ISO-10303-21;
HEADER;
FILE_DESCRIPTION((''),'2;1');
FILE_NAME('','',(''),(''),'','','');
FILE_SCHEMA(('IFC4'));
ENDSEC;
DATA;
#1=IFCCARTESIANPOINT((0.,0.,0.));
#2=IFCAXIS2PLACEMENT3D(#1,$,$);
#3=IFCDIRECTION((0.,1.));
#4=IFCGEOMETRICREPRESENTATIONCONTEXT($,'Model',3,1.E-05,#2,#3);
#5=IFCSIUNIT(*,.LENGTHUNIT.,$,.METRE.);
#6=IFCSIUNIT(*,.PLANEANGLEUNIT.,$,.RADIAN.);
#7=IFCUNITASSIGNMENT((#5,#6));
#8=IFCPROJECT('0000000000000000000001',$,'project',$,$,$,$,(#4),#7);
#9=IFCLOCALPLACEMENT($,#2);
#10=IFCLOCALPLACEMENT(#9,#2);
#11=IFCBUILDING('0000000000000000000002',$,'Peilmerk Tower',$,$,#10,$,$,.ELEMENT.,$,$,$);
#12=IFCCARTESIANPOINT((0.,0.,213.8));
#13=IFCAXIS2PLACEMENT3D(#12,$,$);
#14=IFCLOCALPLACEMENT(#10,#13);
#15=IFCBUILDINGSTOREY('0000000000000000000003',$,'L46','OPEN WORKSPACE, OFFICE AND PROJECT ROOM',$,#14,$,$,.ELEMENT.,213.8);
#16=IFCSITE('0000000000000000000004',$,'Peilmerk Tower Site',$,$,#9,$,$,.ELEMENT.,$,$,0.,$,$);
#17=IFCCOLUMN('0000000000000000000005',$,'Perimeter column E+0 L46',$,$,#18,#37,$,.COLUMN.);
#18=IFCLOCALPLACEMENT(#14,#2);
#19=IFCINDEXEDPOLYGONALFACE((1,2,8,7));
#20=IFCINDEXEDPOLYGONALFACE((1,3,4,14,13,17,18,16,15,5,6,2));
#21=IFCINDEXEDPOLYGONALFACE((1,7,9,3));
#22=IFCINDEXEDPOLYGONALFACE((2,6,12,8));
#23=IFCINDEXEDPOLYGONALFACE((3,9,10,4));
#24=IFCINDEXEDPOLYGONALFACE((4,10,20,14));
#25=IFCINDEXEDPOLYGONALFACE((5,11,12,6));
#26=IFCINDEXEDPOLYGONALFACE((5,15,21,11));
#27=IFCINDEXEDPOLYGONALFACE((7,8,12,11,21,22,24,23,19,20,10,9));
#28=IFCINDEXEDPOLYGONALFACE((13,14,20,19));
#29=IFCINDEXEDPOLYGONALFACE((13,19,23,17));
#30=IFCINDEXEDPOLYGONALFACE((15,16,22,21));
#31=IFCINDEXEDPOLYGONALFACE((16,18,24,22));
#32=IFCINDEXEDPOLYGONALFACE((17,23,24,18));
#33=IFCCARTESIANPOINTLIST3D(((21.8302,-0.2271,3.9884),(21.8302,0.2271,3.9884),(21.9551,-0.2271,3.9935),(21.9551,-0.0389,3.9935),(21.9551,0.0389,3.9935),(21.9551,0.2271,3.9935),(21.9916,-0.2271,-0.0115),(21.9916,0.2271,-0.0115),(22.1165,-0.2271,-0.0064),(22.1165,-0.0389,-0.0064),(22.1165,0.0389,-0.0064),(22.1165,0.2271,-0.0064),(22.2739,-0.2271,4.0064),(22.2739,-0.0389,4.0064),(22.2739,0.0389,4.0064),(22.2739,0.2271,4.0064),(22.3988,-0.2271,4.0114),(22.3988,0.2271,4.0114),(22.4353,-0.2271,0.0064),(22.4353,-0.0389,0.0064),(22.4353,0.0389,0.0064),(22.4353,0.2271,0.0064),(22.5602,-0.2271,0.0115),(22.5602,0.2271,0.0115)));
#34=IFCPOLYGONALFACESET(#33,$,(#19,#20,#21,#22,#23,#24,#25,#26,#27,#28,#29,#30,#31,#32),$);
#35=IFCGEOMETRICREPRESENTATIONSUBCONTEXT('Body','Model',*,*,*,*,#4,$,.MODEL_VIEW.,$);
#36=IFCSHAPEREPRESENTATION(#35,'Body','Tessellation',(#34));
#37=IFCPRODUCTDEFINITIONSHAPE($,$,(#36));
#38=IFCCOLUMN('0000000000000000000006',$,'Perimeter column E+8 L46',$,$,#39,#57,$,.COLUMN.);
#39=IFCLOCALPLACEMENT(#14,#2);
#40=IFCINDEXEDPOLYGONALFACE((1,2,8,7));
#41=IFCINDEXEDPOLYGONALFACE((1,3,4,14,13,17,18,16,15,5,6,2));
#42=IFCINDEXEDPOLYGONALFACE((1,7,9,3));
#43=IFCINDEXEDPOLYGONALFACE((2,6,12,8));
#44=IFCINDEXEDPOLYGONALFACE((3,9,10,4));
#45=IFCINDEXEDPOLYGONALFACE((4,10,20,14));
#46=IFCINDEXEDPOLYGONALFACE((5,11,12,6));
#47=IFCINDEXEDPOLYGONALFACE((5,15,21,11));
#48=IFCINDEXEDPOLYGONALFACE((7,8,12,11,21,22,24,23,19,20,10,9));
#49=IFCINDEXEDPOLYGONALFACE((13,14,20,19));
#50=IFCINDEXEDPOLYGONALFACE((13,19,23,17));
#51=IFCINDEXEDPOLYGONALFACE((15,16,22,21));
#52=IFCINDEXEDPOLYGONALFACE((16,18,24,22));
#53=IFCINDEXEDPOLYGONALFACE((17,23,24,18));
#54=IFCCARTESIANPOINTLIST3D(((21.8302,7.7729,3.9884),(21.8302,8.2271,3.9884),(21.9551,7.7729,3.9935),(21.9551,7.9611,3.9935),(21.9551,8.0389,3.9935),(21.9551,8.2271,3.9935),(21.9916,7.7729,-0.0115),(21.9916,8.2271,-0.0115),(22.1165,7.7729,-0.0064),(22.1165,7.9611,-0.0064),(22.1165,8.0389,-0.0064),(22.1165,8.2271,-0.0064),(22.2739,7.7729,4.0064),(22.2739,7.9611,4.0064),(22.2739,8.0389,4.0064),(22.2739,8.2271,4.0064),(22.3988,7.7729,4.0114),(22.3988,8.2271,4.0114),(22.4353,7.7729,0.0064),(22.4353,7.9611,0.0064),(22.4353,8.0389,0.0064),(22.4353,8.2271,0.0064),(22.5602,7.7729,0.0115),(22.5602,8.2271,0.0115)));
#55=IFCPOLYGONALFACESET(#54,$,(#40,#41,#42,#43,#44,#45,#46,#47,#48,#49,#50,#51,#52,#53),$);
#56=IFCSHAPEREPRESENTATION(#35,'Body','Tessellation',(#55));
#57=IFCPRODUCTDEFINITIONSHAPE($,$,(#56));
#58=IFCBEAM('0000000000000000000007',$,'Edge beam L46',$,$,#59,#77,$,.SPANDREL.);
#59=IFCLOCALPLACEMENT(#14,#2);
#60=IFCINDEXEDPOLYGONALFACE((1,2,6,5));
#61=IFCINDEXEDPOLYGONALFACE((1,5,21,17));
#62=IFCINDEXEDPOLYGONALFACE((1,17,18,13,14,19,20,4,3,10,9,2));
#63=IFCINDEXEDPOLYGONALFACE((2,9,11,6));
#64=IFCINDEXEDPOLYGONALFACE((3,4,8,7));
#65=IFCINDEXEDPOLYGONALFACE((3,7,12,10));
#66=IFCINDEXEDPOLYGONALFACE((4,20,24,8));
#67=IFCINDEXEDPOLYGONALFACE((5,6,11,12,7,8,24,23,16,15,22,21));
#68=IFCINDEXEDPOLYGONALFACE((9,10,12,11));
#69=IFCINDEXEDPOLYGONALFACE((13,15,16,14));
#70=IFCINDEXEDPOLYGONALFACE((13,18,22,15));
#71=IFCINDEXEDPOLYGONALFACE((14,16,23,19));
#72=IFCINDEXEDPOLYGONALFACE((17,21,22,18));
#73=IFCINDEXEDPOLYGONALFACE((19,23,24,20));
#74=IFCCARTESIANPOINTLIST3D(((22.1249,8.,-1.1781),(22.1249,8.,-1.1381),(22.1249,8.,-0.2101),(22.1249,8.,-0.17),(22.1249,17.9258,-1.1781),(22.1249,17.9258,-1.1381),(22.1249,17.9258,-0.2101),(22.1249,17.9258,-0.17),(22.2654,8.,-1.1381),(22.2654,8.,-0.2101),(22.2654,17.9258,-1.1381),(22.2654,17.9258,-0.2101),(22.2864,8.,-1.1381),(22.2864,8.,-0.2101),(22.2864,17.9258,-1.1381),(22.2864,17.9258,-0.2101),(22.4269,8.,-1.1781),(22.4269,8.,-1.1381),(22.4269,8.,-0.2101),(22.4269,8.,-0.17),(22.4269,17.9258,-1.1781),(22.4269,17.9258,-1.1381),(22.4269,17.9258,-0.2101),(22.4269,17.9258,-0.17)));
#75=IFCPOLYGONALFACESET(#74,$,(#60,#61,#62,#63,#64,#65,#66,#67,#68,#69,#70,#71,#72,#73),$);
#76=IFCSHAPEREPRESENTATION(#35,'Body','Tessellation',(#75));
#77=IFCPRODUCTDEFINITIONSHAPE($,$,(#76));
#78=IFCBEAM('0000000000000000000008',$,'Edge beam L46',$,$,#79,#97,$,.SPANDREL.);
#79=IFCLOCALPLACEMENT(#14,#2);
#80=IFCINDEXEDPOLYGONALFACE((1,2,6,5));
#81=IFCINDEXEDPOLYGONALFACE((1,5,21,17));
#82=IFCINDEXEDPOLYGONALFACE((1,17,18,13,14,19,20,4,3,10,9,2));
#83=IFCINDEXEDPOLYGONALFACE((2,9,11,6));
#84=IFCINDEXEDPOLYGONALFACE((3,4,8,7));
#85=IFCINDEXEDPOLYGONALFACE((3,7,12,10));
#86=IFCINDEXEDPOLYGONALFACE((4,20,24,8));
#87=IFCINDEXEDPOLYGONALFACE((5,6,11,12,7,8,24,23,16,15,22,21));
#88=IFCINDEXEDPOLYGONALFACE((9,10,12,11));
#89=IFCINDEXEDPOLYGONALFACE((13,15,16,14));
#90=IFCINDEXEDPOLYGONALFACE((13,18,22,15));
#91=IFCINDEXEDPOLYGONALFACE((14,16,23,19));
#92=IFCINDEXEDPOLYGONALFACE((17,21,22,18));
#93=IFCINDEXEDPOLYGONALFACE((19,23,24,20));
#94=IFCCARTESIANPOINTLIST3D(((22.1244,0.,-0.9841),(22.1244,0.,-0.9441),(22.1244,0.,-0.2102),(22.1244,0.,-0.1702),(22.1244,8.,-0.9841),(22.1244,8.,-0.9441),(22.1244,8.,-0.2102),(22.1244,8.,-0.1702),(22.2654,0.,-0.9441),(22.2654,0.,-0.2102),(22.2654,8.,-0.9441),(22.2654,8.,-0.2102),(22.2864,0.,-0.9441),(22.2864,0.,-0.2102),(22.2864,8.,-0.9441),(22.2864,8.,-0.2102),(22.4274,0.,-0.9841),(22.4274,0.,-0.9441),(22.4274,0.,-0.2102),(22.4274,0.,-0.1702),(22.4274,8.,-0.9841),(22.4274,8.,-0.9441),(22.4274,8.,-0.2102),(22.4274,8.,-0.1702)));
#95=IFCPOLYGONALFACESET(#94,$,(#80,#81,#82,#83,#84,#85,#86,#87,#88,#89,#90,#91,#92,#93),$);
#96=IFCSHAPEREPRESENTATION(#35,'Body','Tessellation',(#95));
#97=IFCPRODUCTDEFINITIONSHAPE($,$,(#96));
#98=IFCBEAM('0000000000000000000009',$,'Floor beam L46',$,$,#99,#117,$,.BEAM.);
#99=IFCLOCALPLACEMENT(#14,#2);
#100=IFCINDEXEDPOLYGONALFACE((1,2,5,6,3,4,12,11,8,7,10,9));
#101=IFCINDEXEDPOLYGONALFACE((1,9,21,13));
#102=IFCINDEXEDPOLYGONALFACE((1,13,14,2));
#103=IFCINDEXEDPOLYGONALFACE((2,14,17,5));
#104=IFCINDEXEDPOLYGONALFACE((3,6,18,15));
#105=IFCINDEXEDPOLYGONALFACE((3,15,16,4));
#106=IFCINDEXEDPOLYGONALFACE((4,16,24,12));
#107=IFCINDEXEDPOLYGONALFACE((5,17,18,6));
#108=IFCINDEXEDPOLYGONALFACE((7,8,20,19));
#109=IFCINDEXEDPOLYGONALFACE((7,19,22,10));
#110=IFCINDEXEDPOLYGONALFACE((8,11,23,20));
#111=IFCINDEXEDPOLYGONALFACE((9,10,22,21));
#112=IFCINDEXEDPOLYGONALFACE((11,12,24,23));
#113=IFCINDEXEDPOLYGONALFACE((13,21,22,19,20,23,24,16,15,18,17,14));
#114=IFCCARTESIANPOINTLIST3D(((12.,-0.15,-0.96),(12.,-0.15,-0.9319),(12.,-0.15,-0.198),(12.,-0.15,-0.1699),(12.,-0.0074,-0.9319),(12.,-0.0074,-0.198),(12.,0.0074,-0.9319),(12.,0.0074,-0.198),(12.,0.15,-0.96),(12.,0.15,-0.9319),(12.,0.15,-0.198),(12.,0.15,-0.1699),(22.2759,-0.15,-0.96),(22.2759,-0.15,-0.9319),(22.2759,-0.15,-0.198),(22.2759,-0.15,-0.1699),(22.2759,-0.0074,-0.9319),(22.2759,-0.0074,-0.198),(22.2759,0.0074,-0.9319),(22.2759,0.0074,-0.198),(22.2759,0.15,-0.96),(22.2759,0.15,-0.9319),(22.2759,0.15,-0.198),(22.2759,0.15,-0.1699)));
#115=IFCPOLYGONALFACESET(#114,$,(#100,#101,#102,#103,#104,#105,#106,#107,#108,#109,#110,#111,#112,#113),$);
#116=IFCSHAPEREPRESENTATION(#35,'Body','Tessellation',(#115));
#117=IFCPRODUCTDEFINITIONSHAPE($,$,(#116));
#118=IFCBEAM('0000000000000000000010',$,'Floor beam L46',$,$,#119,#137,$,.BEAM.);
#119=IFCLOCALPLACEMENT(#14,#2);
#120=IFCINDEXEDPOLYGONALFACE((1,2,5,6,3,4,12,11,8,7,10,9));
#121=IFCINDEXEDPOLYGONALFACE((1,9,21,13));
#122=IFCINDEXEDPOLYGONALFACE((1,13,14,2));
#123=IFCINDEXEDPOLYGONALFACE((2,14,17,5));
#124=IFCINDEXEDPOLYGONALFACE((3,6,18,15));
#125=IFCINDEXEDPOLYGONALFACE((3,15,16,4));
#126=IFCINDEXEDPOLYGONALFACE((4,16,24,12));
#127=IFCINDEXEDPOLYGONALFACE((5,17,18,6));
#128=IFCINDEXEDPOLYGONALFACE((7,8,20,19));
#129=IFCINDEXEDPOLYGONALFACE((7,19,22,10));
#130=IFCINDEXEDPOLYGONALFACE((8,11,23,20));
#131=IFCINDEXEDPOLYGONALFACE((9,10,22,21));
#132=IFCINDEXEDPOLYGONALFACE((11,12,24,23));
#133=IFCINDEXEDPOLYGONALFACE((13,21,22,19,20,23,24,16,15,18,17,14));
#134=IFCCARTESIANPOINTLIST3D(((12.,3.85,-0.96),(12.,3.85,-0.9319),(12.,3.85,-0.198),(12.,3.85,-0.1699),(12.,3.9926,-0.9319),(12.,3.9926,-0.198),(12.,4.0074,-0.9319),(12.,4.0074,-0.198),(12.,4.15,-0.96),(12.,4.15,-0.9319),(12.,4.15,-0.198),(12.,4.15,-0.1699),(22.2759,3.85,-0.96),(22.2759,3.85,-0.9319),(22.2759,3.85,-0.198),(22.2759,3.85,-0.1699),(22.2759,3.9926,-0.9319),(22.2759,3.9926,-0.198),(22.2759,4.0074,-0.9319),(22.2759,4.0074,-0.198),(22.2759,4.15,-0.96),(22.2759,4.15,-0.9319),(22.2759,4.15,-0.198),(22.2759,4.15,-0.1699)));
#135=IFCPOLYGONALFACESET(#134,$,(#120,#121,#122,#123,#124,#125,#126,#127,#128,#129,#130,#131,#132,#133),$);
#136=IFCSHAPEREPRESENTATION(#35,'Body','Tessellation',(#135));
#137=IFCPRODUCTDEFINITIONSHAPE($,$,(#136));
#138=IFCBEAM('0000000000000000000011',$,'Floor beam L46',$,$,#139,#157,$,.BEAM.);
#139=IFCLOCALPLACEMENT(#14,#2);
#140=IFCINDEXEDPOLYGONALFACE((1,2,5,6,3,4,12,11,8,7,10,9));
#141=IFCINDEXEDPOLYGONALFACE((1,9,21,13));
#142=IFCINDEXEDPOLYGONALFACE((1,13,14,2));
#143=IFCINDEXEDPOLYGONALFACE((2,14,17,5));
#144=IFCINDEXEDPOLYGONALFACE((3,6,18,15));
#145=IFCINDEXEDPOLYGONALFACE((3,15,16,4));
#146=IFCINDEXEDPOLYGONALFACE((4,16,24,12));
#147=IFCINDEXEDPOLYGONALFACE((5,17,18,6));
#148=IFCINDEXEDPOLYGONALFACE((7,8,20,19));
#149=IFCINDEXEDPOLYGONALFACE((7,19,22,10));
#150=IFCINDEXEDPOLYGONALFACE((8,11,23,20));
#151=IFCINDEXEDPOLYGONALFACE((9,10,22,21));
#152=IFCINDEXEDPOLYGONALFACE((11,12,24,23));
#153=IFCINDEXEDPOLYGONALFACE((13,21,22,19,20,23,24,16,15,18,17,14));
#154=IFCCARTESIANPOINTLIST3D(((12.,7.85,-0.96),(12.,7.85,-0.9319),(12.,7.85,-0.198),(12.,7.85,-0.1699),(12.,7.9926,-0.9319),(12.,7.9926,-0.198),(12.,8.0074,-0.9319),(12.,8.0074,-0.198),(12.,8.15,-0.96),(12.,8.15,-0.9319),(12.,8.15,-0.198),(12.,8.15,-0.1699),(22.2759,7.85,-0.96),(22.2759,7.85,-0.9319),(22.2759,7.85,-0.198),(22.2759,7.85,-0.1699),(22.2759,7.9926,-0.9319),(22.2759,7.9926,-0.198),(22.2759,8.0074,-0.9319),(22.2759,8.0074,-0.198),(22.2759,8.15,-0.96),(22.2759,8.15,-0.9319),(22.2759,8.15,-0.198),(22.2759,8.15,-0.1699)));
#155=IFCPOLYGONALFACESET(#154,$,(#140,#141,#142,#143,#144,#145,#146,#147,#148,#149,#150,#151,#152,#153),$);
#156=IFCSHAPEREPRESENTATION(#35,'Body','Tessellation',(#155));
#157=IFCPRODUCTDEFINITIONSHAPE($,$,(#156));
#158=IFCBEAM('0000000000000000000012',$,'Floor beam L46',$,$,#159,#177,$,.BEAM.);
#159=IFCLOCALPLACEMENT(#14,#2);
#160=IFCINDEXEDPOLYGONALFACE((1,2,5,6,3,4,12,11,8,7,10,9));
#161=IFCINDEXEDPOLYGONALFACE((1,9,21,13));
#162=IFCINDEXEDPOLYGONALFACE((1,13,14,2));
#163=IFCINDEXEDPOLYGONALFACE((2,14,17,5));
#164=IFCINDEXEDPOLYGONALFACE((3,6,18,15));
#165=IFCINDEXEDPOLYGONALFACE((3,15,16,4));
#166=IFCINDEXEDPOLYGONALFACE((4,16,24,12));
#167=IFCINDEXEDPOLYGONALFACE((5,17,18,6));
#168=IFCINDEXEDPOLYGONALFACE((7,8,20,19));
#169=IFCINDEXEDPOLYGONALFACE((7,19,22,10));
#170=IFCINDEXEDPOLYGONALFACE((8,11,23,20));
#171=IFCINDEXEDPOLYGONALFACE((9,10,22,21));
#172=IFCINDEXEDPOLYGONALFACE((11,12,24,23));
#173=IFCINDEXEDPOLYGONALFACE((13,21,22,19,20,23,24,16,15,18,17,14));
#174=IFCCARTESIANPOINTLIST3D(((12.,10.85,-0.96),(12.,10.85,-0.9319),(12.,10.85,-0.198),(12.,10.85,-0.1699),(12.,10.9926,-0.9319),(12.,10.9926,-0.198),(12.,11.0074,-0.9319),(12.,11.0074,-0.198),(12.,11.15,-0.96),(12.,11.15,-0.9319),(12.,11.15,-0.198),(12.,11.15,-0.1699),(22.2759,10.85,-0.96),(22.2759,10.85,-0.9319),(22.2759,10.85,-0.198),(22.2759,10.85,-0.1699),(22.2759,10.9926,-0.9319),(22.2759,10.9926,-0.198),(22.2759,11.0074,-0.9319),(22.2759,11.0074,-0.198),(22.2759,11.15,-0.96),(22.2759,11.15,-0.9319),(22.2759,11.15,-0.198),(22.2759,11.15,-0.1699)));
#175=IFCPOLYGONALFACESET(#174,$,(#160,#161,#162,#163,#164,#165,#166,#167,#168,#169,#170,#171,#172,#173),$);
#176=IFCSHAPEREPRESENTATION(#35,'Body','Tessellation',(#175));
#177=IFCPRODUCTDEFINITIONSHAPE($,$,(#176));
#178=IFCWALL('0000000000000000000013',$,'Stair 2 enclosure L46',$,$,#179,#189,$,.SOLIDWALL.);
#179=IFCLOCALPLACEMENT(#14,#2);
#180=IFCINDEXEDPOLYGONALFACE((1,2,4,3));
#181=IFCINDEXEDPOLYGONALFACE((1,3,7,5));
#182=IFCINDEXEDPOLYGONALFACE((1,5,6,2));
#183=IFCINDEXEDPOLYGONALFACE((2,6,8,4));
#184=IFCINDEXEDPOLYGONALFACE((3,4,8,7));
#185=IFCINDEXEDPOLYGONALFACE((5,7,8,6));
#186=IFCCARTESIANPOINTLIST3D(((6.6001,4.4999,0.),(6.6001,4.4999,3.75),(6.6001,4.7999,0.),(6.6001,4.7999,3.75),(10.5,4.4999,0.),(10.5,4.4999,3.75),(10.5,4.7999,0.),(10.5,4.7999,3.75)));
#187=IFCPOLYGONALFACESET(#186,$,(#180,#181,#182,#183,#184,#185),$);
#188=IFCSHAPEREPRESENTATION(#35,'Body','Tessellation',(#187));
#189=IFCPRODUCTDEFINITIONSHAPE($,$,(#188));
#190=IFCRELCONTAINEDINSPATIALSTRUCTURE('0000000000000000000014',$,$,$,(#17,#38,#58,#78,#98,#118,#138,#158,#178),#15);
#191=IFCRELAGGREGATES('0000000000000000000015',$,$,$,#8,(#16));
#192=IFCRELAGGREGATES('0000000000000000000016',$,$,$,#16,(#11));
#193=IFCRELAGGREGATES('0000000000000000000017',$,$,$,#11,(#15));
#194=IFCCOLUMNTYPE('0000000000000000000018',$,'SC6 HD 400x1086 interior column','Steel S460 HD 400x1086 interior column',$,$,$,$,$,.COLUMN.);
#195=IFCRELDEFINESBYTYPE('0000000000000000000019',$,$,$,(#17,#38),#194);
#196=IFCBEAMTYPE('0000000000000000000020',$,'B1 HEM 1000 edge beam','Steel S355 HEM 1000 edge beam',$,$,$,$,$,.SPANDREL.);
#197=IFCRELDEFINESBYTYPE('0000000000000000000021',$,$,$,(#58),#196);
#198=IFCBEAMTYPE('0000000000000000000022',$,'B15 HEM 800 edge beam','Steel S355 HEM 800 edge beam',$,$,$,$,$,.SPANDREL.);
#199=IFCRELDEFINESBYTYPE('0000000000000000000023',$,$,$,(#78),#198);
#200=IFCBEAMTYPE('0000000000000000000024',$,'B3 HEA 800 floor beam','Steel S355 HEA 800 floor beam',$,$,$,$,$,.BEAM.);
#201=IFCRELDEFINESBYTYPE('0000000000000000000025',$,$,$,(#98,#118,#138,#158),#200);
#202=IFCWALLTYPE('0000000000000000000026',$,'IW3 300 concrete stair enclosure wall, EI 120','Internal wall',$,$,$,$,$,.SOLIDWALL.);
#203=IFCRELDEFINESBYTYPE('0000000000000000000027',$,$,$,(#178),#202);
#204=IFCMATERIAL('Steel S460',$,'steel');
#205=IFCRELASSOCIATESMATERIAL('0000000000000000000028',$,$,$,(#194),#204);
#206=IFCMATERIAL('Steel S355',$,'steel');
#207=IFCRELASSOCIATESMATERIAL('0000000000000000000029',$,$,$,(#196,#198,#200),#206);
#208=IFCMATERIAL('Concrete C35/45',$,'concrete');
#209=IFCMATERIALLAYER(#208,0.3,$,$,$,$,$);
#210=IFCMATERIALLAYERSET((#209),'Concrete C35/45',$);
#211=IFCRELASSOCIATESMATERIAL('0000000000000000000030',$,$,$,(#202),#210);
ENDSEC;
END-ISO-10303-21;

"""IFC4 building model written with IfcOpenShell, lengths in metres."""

from ifc_helpers import new_model, si_unit, direction, frame, frame_2d, origin, origin_2d, place, context, subcontext, project, spatial, rectangle, i_section, extrude, material, layer, layer_set, material_profile, profile_set, type_object, element, save


model = new_model("IFC4")

# Units and contexts
model_context = context("Model", 3, precision=1e-05, world=origin(), true_north=direction((0.0, 1.0)))
body_context = subcontext(model_context, "Body", "Model", "MODEL_VIEW")
ifc_project = project(units=[si_unit("LENGTHUNIT", "METRE"), si_unit("PLANEANGLEUNIT", "RADIAN")], contexts=[model_context])

# Site, building, storey
site_placement = place(None, origin())
site = spatial("IfcSite", under=ifc_project, at=site_placement, Name="Peilmerk Tower Site", CompositionType="ELEMENT", RefElevation=0.0)
building_placement = place(site_placement, origin())
building = spatial("IfcBuilding", under=site, at=building_placement, Name="Peilmerk Tower", CompositionType="ELEMENT")
storey_placement = place(building_placement, frame((0.0, 0.0, 213.8)))
storey = spatial("IfcBuildingStorey", under=building, at=storey_placement, Name="L46", Description="OPEN WORKSPACE, OFFICE AND PROJECT ROOM", CompositionType="ELEMENT", Elevation=213.8)

# Columns
ifc_material_1 = material(Name="Steel S460", Category="steel")
ifc_material_profile_1 = material_profile(ifc_material_1, i_section(OverallWidth=0.4541, OverallDepth=0.5691, WebThickness=0.0779, FlangeThickness=0.125, at=origin_2d()), Name="HD 400x1086")
ifc_profile_set_1 = profile_set([ifc_material_profile_1], Name="Steel S460")
column_type = type_object("IfcColumnType", Name="SC6 HD 400x1086 interior column", Description="Steel S460 HD 400x1086 interior column", PredefinedType="COLUMN", material=ifc_profile_set_1)
for number, where, z_axis, x_axis, name in (
    (1, (22.2759, 0.0, 0.0), (-0.040311, 0.0, 0.999187), (0.0, -1.0, 0.0), "Perimeter column E+0 L46"),
    (2, (22.2759, 8.0, 0.0), (-0.040311, 0.0, 0.999187), (0.0, -1.0, 0.0), "Perimeter column E+8 L46"),
):
    element("IfcColumn", number, at=place(storey_placement, frame(where, z_axis=z_axis, x_axis=x_axis)), inside=storey, type_object=column_type, Name=name, PredefinedType="COLUMN", context=body_context, shape_type="SweptSolid", body=[
        extrude(i_section(OverallWidth=0.4541, OverallDepth=0.5691, WebThickness=0.0779, FlangeThickness=0.125, at=origin_2d()), origin(), (0.0, 0.0, 1.0), 4.0032),
    ])

# Beams
ifc_material_2 = material(Name="Steel S355", Category="steel")
ifc_material_profile_2 = material_profile(ifc_material_2, i_section(OverallWidth=0.302, OverallDepth=1.0081, WebThickness=0.021, FlangeThickness=0.04, at=origin_2d()), Name="HEM 1000")
ifc_profile_set_2 = profile_set([ifc_material_profile_2], Name="Steel S355")
beam_type_1 = type_object("IfcBeamType", Name="B1 HEM 1000 edge beam", Description="Steel S355 HEM 1000 edge beam", PredefinedType="SPANDREL", material=ifc_profile_set_2)
beam_1_placement = place(storey_placement, frame((22.2759, 8.0, -0.6741), z_axis=(0.0, 1.0, 0.0), x_axis=(-1.0, 0.0, 0.0)))
element("IfcBeam", 3, at=beam_1_placement, inside=storey, type_object=beam_type_1, Name="Edge beam L46", PredefinedType="SPANDREL", context=body_context, shape_type="SweptSolid", body=[
    extrude(i_section(OverallWidth=0.302, OverallDepth=1.0081, WebThickness=0.021, FlangeThickness=0.04, at=origin_2d()), origin(), (0.0, 0.0, 1.0), 9.9258),
])
ifc_material_profile_3 = material_profile(ifc_material_2, i_section(OverallWidth=0.303, OverallDepth=0.814, WebThickness=0.021, FlangeThickness=0.04, at=origin_2d()), Name="HEM 800")
ifc_profile_set_3 = profile_set([ifc_material_profile_3], Name="Steel S355")
beam_type_2 = type_object("IfcBeamType", Name="B15 HEM 800 edge beam", Description="Steel S355 HEM 800 edge beam", PredefinedType="SPANDREL", material=ifc_profile_set_3)
beam_2_placement = place(storey_placement, frame((22.2759, 0.0, -0.5771), z_axis=(0.0, 1.0, 0.0), x_axis=(-1.0, 0.0, 0.0)))
element("IfcBeam", 4, at=beam_2_placement, inside=storey, type_object=beam_type_2, Name="Edge beam L46", PredefinedType="SPANDREL", context=body_context, shape_type="SweptSolid", body=[
    extrude(i_section(OverallWidth=0.303, OverallDepth=0.814, WebThickness=0.021, FlangeThickness=0.04, at=origin_2d()), origin(), (0.0, 0.0, 1.0), 8.0),
])
ifc_material_profile_4 = material_profile(ifc_material_2, i_section(OverallWidth=0.3, OverallDepth=0.79, WebThickness=0.0149, FlangeThickness=0.0281, at=origin_2d()), Name="HEA 800")
ifc_profile_set_4 = profile_set([ifc_material_profile_4], Name="Steel S355")
beam_type_3 = type_object("IfcBeamType", Name="B3 HEA 800 floor beam", Description="Steel S355 HEA 800 floor beam", PredefinedType="BEAM", material=ifc_profile_set_4)
for number, where, z_axis, x_axis, name in (
    (5, (12.0, 0.0, -0.5649), (1.0, 0.0, 0.0), (0.0, 1.0, 0.0), "Floor beam L46"),
    (6, (12.0, 4.0, -0.5649), (1.0, 0.0, 0.0), (0.0, 1.0, 0.0), "Floor beam L46"),
    (7, (12.0, 8.0, -0.5649), (1.0, 0.0, 0.0), (0.0, 1.0, 0.0), "Floor beam L46"),
    (8, (12.0, 11.0, -0.5649), (1.0, 0.0, 0.0), (0.0, 1.0, 0.0), "Floor beam L46"),
):
    element("IfcBeam", number, at=place(storey_placement, frame(where, z_axis=z_axis, x_axis=x_axis)), inside=storey, type_object=beam_type_3, Name=name, PredefinedType="BEAM", context=body_context, shape_type="SweptSolid", body=[
        extrude(i_section(OverallWidth=0.3, OverallDepth=0.79, WebThickness=0.0149, FlangeThickness=0.0281, at=origin_2d()), origin(), (0.0, 0.0, 1.0), 10.2759),
    ])

# Wall
ifc_material_3 = material(Name="Concrete C35/45", Category="concrete")
ifc_layer_1 = layer(ifc_material_3, 0.3)
ifc_layer_set_1 = layer_set([ifc_layer_1], Name="Concrete C35/45")
wall_type_1 = type_object("IfcWallType", Name="IW3 300 concrete stair enclosure wall, EI 120", Description="Internal wall", PredefinedType="SOLIDWALL", material=ifc_layer_set_1)
wall_1_placement = place(storey_placement, frame((6.6001, 4.6499, 0.0), z_axis=(0.0, 0.0, 1.0), x_axis=(1.0, 0.0, 0.0)))
element("IfcWall", 9, at=wall_1_placement, inside=storey, type_object=wall_type_1, Name="Stair 2 enclosure L46", PredefinedType="SOLIDWALL", context=body_context, shape_type="SweptSolid", body=[
    extrude(rectangle(XDim=3.8999, YDim=0.3, at=frame_2d((1.95, 0.0))), origin(), (0.0, 0.0, 1.0), 3.75),
])

save(model, "model.ifc")
